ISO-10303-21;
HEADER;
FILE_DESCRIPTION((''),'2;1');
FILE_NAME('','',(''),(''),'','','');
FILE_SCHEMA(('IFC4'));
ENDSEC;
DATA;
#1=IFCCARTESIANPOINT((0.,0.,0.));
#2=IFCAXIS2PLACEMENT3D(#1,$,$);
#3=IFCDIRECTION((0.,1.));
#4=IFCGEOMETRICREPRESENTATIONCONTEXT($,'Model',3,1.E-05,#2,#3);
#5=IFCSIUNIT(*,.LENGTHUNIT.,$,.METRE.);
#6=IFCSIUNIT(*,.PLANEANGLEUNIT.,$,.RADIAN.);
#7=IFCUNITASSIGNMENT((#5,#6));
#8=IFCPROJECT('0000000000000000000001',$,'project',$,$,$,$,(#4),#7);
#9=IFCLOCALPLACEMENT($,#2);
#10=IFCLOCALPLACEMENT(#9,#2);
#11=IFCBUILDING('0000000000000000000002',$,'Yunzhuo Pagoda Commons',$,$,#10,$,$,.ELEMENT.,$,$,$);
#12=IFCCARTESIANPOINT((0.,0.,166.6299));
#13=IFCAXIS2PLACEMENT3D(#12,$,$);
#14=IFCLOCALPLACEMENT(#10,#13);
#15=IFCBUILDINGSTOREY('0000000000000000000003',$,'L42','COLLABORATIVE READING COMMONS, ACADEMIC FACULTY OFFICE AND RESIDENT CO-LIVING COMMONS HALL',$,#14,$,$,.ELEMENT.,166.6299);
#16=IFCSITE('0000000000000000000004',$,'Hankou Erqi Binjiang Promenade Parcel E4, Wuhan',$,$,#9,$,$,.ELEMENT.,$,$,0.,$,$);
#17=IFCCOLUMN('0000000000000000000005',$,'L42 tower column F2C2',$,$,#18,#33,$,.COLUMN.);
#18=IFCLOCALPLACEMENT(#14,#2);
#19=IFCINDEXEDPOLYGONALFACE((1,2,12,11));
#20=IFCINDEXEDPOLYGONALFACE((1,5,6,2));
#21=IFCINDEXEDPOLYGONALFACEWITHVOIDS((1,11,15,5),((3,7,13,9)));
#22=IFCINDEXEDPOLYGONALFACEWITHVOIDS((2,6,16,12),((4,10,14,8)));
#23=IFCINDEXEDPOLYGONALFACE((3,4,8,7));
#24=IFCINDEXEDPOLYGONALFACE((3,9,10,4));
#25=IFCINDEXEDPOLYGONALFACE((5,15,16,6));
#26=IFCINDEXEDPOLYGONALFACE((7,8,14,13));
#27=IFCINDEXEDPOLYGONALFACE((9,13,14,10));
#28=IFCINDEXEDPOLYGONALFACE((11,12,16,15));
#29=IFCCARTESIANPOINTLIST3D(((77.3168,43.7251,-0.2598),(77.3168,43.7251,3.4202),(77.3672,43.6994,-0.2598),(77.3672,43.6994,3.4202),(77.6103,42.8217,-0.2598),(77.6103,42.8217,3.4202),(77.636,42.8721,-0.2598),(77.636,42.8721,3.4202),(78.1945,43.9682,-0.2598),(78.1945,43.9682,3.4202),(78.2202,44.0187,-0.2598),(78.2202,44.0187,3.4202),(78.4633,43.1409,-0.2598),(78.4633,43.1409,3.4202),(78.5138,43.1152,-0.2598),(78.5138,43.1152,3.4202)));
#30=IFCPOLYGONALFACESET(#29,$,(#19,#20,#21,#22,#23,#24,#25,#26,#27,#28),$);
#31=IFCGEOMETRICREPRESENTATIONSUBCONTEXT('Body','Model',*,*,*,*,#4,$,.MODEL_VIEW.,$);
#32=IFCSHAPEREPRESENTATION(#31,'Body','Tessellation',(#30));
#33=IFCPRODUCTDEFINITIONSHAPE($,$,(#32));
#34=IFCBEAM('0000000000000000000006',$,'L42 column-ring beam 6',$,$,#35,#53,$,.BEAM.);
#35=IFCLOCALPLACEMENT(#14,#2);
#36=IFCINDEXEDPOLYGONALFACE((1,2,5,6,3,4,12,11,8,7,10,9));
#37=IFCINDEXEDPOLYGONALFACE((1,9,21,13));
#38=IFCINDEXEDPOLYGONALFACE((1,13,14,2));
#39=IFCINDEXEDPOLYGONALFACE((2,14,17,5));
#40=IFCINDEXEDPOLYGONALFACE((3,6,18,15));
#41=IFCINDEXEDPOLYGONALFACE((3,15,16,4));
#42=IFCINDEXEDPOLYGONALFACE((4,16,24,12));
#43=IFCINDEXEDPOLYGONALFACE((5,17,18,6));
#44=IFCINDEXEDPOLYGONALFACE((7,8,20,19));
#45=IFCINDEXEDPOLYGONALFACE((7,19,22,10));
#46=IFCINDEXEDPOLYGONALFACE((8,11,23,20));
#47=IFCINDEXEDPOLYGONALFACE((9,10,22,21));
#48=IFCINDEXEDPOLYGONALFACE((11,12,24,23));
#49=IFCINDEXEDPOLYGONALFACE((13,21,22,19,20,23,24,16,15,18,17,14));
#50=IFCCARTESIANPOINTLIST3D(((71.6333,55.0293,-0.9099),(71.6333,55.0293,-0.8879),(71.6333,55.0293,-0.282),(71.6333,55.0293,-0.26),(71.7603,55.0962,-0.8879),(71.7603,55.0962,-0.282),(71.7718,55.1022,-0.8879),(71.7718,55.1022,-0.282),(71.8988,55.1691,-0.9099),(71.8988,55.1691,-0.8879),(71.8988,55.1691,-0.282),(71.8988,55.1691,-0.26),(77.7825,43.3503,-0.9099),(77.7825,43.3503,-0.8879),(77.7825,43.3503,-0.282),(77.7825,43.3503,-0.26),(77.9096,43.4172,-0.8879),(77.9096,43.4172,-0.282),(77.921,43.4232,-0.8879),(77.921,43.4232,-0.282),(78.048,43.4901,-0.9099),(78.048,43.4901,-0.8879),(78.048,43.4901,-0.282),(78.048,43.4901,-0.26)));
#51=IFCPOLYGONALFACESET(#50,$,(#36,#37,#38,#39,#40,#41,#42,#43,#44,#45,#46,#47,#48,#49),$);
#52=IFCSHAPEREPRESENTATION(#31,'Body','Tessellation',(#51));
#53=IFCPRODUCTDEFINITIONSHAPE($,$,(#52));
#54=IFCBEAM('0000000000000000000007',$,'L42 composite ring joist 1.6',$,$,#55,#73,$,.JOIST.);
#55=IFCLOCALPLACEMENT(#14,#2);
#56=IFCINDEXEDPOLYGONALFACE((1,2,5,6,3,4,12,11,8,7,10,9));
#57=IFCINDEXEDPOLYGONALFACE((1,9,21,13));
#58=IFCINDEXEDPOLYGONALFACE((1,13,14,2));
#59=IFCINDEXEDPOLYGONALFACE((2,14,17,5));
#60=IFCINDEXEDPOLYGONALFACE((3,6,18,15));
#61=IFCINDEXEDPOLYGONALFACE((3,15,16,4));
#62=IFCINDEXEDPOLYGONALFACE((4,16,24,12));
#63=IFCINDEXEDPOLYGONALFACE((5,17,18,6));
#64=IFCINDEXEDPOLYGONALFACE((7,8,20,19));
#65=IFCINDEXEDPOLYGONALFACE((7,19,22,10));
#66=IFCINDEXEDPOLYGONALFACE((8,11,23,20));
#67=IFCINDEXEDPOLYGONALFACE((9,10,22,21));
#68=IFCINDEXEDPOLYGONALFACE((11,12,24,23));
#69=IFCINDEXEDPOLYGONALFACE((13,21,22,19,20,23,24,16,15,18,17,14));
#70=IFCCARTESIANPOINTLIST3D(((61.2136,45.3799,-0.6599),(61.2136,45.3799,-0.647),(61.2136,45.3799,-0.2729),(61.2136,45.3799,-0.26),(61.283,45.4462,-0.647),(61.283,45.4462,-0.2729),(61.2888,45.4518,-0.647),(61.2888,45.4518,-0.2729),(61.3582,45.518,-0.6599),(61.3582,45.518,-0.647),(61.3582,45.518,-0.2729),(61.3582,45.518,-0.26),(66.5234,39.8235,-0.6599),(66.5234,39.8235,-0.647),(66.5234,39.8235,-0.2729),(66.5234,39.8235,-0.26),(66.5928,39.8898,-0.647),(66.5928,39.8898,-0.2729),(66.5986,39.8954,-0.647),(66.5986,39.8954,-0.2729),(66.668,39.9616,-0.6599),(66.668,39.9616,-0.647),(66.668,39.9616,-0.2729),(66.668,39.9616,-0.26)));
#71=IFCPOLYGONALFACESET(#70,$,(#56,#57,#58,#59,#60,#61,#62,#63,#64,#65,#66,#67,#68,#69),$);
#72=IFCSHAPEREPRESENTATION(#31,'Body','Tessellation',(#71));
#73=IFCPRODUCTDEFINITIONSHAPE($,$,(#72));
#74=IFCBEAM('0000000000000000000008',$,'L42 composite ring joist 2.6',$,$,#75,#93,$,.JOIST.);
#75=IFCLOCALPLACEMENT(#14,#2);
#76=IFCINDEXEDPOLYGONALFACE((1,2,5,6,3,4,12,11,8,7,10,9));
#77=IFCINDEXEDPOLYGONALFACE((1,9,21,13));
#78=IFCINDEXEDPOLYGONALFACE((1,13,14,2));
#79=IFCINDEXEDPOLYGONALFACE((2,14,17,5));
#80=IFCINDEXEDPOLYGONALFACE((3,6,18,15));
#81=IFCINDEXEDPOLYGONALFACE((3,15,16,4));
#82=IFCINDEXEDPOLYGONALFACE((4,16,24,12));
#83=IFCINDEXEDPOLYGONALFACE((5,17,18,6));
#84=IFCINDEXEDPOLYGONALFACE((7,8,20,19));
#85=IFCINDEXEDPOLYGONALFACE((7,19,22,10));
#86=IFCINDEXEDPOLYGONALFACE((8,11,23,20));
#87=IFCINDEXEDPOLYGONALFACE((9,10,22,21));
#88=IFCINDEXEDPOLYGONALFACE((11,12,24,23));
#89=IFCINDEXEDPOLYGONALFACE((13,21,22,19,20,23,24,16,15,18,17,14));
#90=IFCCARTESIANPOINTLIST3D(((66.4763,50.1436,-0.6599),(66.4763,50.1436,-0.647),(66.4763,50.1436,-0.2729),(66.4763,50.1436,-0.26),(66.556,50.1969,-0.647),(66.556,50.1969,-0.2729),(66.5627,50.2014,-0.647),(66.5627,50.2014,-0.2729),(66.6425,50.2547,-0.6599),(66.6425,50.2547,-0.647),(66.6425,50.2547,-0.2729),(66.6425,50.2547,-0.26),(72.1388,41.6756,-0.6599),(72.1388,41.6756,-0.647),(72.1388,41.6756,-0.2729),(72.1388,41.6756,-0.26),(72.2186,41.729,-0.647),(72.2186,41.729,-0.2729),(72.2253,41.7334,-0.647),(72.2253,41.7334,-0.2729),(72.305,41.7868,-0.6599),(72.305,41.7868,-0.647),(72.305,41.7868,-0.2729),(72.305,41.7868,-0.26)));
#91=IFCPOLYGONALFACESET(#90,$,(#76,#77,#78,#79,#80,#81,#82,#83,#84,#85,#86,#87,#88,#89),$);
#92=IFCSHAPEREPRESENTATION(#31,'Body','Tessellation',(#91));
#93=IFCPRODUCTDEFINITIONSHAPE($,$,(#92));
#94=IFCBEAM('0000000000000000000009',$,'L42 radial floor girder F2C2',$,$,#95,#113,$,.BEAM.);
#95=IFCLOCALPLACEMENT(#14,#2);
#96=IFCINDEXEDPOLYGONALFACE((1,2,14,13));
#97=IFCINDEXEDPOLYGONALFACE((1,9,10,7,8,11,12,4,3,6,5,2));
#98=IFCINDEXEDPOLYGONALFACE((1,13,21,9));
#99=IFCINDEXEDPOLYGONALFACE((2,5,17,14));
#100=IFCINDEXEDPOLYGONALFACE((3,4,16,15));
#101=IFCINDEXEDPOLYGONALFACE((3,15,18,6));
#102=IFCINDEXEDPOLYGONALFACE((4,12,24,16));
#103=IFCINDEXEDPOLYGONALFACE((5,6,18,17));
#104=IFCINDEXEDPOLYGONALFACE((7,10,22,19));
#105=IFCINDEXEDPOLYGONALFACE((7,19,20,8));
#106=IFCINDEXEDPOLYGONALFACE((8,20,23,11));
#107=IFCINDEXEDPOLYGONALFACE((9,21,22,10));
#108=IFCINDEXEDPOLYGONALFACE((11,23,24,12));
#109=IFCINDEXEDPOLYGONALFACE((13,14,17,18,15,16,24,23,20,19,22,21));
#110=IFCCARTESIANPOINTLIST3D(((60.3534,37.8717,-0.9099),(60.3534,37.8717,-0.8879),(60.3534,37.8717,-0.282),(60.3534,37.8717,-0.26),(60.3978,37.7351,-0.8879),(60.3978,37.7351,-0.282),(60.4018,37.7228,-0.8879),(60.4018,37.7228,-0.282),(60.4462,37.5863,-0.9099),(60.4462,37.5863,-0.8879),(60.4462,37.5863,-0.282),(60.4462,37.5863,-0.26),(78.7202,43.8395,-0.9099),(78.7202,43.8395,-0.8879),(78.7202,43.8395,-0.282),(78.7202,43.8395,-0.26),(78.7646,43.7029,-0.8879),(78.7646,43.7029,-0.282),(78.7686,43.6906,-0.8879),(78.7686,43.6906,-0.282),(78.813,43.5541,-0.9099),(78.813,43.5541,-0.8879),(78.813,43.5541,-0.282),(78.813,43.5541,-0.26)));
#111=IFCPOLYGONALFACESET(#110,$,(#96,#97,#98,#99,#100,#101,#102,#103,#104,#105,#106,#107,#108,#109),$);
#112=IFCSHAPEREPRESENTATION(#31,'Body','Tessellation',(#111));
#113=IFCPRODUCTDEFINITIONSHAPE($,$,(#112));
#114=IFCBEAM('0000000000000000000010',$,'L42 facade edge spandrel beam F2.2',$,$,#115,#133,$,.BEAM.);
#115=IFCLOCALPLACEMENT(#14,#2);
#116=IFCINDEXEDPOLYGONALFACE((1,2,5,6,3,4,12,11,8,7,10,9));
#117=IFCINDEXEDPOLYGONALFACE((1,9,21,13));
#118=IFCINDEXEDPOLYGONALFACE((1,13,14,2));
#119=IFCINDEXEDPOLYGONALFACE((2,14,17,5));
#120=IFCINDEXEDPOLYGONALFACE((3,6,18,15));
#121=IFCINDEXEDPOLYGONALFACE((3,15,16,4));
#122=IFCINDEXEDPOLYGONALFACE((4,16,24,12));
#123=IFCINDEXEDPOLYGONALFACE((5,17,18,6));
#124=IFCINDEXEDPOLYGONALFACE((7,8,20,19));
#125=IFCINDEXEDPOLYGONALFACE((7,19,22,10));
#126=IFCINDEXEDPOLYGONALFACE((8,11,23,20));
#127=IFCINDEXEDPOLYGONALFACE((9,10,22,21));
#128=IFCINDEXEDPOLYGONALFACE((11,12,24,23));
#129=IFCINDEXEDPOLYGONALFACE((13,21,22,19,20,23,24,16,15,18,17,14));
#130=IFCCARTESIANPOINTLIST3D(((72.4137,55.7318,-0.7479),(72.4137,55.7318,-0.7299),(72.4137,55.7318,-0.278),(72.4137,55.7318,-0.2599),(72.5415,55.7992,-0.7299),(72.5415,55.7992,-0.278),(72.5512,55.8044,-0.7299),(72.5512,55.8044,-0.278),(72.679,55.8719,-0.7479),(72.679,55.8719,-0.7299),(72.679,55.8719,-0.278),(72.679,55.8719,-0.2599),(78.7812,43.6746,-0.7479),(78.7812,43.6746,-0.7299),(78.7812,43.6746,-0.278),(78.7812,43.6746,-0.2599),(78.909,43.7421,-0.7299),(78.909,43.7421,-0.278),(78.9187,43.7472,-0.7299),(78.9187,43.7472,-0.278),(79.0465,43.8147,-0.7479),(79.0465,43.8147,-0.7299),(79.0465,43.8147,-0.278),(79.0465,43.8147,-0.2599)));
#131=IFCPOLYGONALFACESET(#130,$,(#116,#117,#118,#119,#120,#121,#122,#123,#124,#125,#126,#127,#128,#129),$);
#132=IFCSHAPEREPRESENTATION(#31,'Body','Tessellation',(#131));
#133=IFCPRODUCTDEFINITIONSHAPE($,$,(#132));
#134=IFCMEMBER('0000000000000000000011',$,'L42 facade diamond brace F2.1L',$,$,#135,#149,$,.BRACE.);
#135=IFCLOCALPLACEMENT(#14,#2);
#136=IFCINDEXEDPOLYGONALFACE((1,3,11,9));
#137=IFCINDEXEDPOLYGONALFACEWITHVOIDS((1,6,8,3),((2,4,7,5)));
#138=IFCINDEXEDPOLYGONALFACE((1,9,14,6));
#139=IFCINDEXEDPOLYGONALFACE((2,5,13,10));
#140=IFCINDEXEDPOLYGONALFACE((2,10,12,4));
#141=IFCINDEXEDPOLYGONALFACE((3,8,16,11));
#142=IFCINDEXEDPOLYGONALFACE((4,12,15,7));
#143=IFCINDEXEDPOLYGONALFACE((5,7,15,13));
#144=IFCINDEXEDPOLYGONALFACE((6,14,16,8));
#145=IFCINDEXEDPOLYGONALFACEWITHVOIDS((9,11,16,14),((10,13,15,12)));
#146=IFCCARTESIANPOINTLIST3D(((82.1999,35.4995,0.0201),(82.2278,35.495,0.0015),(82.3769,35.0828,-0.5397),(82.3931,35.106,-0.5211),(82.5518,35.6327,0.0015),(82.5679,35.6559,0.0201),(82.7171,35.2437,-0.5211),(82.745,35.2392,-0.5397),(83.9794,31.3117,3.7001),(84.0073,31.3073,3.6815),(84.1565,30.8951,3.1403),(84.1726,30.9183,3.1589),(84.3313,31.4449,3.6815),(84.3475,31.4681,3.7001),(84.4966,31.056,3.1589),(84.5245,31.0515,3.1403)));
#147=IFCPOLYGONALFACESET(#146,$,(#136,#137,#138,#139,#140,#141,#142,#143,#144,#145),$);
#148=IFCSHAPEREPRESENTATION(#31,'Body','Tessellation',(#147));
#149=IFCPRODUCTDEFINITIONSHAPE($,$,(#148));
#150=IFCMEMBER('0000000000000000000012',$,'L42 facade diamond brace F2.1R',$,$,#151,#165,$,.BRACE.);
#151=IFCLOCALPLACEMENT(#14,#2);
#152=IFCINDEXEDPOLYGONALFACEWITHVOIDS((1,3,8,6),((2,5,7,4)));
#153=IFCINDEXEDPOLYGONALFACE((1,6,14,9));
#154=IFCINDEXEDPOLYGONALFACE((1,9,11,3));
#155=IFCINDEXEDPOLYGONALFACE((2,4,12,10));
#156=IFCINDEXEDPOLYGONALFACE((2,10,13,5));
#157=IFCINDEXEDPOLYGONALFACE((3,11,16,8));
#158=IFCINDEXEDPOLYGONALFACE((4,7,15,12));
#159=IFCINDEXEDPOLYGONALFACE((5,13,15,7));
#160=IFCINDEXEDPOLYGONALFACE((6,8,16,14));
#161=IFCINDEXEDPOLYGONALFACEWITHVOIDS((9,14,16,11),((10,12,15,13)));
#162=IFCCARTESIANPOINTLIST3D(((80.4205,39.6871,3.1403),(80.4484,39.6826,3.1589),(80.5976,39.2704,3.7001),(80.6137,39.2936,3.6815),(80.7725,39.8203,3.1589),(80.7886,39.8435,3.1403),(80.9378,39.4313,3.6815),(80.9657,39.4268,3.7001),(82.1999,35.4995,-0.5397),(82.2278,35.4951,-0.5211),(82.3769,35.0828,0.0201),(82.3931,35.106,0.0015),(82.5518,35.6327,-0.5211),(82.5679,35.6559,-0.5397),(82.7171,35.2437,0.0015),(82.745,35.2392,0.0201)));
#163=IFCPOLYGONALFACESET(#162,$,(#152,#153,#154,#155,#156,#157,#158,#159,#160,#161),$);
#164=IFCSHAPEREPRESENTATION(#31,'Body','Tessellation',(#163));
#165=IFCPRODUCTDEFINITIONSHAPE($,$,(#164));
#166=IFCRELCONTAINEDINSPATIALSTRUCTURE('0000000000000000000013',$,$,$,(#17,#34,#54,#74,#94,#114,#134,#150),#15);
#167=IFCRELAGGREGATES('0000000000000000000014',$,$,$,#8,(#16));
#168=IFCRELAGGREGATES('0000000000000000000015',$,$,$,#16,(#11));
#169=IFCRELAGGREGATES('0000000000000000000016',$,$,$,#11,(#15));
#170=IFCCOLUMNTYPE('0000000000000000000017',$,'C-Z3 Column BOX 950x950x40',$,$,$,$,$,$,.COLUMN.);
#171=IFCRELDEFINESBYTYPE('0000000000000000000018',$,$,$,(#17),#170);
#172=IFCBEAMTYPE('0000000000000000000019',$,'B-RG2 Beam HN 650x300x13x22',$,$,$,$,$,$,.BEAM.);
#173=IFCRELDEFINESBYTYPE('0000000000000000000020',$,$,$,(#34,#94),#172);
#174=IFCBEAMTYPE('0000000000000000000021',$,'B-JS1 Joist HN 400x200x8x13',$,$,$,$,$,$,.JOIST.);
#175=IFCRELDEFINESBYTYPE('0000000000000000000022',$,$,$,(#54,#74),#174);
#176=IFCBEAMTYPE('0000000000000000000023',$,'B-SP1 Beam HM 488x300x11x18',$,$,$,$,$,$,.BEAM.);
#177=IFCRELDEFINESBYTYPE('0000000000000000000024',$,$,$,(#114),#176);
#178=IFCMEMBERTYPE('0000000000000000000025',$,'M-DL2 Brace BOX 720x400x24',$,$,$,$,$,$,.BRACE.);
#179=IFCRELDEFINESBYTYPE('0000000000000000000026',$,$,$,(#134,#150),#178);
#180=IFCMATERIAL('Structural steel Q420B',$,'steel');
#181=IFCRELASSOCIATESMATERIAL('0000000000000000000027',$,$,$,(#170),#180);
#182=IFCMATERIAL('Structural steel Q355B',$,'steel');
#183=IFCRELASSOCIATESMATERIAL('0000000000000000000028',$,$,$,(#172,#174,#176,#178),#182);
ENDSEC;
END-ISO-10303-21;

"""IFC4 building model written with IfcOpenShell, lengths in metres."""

from ifc_helpers import new_model, si_unit, direction, frame, origin, origin_2d, place, context, subcontext, project, spatial, hollow_rectangle, i_section, extrude, source, transform, mapped, material, material_profile, profile_set, type_object, element, save


model = new_model("IFC4")

# Units and contexts
model_context = context("Model", 3, precision=1e-05, world=origin(), true_north=direction((0.0, 1.0)))
body_context = subcontext(model_context, "Body", "Model", "MODEL_VIEW")
ifc_project = project(units=[si_unit("LENGTHUNIT", "METRE"), si_unit("PLANEANGLEUNIT", "RADIAN")], contexts=[model_context])

# Site, building, storey
site_placement = place(None, origin())
site = spatial("IfcSite", under=ifc_project, at=site_placement, Name="Hankou Erqi Binjiang Promenade Parcel E4, Wuhan", CompositionType="ELEMENT", RefElevation=0.0)
building_placement = place(site_placement, origin())
building = spatial("IfcBuilding", under=site, at=building_placement, Name="Yunzhuo Pagoda Commons", CompositionType="ELEMENT")
storey_placement = place(building_placement, frame((0.0, 0.0, 166.6299)))
storey = spatial("IfcBuildingStorey", under=building, at=storey_placement, Name="L42", Description="COLLABORATIVE READING COMMONS, ACADEMIC FACULTY OFFICE AND RESIDENT CO-LIVING COMMONS HALL", CompositionType="ELEMENT", Elevation=166.6299)

# Column
ifc_material_1 = material(Name="Structural steel Q420B", Category="steel")
ifc_material_profile_1 = material_profile(ifc_material_1, hollow_rectangle(XDim=0.95, YDim=0.95, WallThickness=0.04, at=origin_2d()), Name="Structural steel Q420B")
ifc_profile_set_1 = profile_set([ifc_material_profile_1], Name="Structural steel Q420B")
column_type = type_object("IfcColumnType", Name="C-Z3 Column BOX 950x950x40", PredefinedType="COLUMN", material=ifc_profile_set_1)
shared_shape_1 = source(origin(), body_context, "Body", "SweptSolid", [
    extrude(hollow_rectangle(XDim=0.95, YDim=0.95, WallThickness=0.04, at=origin_2d()), origin(), (0.0, 0.0, 1.0), 3.6799),
])
column_placement = place(storey_placement, frame((77.9153, 43.4202, -0.2598), z_axis=(0.0, 0.0, 1.0), x_axis=(-0.309017, 0.951057, 0.0)))
element("IfcColumn", 1, at=column_placement, inside=storey, type_object=column_type, Name="L42 tower column F2C2", PredefinedType="COLUMN", context=body_context, shape_type="MappedRepresentation", body=[
    mapped(shared_shape_1, transform((0.0, 0.0, 0.0), scale=1.0)),
])

# Beams
ifc_material_2 = material(Name="Structural steel Q355B", Category="steel")
ifc_material_profile_2 = material_profile(ifc_material_2, i_section(OverallWidth=0.3, OverallDepth=0.6499, WebThickness=0.0129, FlangeThickness=0.022, at=origin_2d()), Name="Structural steel Q355B")
ifc_profile_set_2 = profile_set([ifc_material_profile_2], Name="Structural steel Q355B")
beam_type_1 = type_object("IfcBeamType", Name="B-RG2 Beam HN 650x300x13x22", PredefinedType="BEAM", material=ifc_profile_set_2)
shared_shape_2 = source(origin(), body_context, "Body", "SweptSolid", [
    extrude(i_section(OverallWidth=0.3, OverallDepth=0.6499, WebThickness=0.0129, FlangeThickness=0.022, at=origin_2d()), origin(), (0.0, 0.0, 1.0), 13.199),
])
beam_1_placement = place(storey_placement, frame((77.9153, 43.4202, -0.585), z_axis=(-0.465886, 0.884845, 0.0), x_axis=(-0.884845, -0.465886, 0.0)))
element("IfcBeam", 2, at=beam_1_placement, inside=storey, type_object=beam_type_1, Name="L42 column-ring beam 6", PredefinedType="BEAM", context=body_context, shape_type="MappedRepresentation", body=[
    mapped(shared_shape_2, transform((0.0, 0.0, 0.0), scale=1.0)),
])
ifc_material_profile_3 = material_profile(ifc_material_2, i_section(OverallWidth=0.2, OverallDepth=0.3999, WebThickness=0.0081, FlangeThickness=0.0129, at=origin_2d()), Name="Structural steel Q355B")
ifc_profile_set_3 = profile_set([ifc_material_profile_3], Name="Structural steel Q355B")
beam_type_2 = type_object("IfcBeamType", Name="B-JS1 Joist HN 400x200x8x13", PredefinedType="JOIST", material=ifc_profile_set_3)
shared_shape_3 = source(origin(), body_context, "Body", "SweptSolid", [
    extrude(i_section(OverallWidth=0.2, OverallDepth=0.3999, WebThickness=0.0081, FlangeThickness=0.0129, at=origin_2d()), origin(), (0.0, 0.0, 1.0), 7.6855),
])
beam_2_placement = place(storey_placement, frame((66.5957, 39.8926, -0.46), z_axis=(-0.690883, 0.722967, 0.0), x_axis=(-0.722967, -0.690883, 0.0)))
element("IfcBeam", 3, at=beam_2_placement, inside=storey, type_object=beam_type_2, Name="L42 composite ring joist 1.6", PredefinedType="JOIST", context=body_context, shape_type="MappedRepresentation", body=[
    mapped(shared_shape_3, transform((0.0, 0.0, 0.0), scale=1.0)),
])
shared_shape_4 = source(origin(), body_context, "Body", "SweptSolid", [
    extrude(i_section(OverallWidth=0.2, OverallDepth=0.3999, WebThickness=0.0081, FlangeThickness=0.0129, at=origin_2d()), origin(), (0.0, 0.0, 1.0), 10.1868),
])
beam_3_placement = place(storey_placement, frame((72.2219, 41.7312, -0.46), z_axis=(-0.555872, 0.831268, 0.0), x_axis=(-0.831268, -0.555872, 0.0)))
element("IfcBeam", 4, at=beam_3_placement, inside=storey, type_object=beam_type_2, Name="L42 composite ring joist 2.6", PredefinedType="JOIST", context=body_context, shape_type="MappedRepresentation", body=[
    mapped(shared_shape_4, transform((0.0, 0.0, 0.0), scale=1.0)),
])
shared_shape_5 = source(origin(), body_context, "Body", "SweptSolid", [
    extrude(i_section(OverallWidth=0.3, OverallDepth=0.6499, WebThickness=0.0129, FlangeThickness=0.022, at=origin_2d()), origin(), (0.0, 0.0, 1.0), 19.312),
])
beam_4_placement = place(storey_placement, frame((78.7666, 43.6968, -0.585), z_axis=(-0.951055, -0.30902, 0.0), x_axis=(0.30902, -0.951055, 0.0)))
element("IfcBeam", 5, at=beam_4_placement, inside=storey, type_object=beam_type_1, Name="L42 radial floor girder F2C2", PredefinedType="BEAM", context=body_context, shape_type="MappedRepresentation", body=[
    mapped(shared_shape_5, transform((0.0, 0.0, 0.0), scale=1.0)),
])
ifc_material_profile_4 = material_profile(ifc_material_2, i_section(OverallWidth=0.3, OverallDepth=0.488, WebThickness=0.011, FlangeThickness=0.0181, at=origin_2d()), Name="Structural steel Q355B")
ifc_profile_set_4 = profile_set([ifc_material_profile_4], Name="Structural steel Q355B")
beam_type_3 = type_object("IfcBeamType", Name="B-SP1 Beam HM 488x300x11x18", PredefinedType="BEAM", material=ifc_profile_set_4)
shared_shape_6 = source(origin(), body_context, "Body", "SweptSolid", [
    extrude(i_section(OverallWidth=0.3, OverallDepth=0.488, WebThickness=0.011, FlangeThickness=0.0181, at=origin_2d()), origin(), (0.0, 0.0, 1.0), 13.6353),
])
beam_5_placement = place(storey_placement, frame((78.9138, 43.7446, -0.5039), z_axis=(-0.466985, 0.884265, 0.0), x_axis=(-0.884265, -0.466985, 0.0)))
element("IfcBeam", 6, at=beam_5_placement, inside=storey, type_object=beam_type_3, Name="L42 facade edge spandrel beam F2.2", PredefinedType="BEAM", context=body_context, shape_type="MappedRepresentation", body=[
    mapped(shared_shape_6, transform((0.0, 0.0, 0.0), scale=1.0)),
])

# Members
ifc_material_profile_5 = material_profile(ifc_material_2, hollow_rectangle(XDim=0.3999, YDim=0.72, WallThickness=0.0239, at=origin_2d()), Name="Structural steel Q355B")
ifc_profile_set_5 = profile_set([ifc_material_profile_5], Name="Structural steel Q355B")
member_type_1 = type_object("IfcMemberType", Name="M-DL2 Brace BOX 720x400x24", PredefinedType="BRACE", material=ifc_profile_set_5)
shared_shape_7 = source(origin(), body_context, "Body", "SweptSolid", [
    extrude(hollow_rectangle(XDim=0.3999, YDim=0.72, WallThickness=0.0239, at=origin_2d()), origin(), (0.0, 0.0, 1.0), 5.8521),
])
member_1_placement = place(storey_placement, frame((82.4724, 35.3694, -0.2598), z_axis=(0.304091, -0.715609, 0.628834), x_axis=(0.920351, 0.391094, 0.0)))
element("IfcMember", 7, at=member_1_placement, inside=storey, type_object=member_type_1, Name="L42 facade diamond brace F2.1L", PredefinedType="BRACE", context=body_context, shape_type="MappedRepresentation", body=[
    mapped(shared_shape_7, transform((0.0, 0.0, 0.0), scale=1.0)),
])
shared_shape_8 = source(origin(), body_context, "Body", "SweptSolid", [
    extrude(hollow_rectangle(XDim=0.3999, YDim=0.72, WallThickness=0.0239, at=origin_2d()), origin(), (0.0, 0.0, 1.0), 5.8518),
])
member_2_placement = place(storey_placement, frame((82.4724, 35.3694, -0.2598), z_axis=(-0.304062, 0.715598, 0.62886), x_axis=(-0.920362, -0.391068, 0.0)))
element("IfcMember", 8, at=member_2_placement, inside=storey, type_object=member_type_1, Name="L42 facade diamond brace F2.1R", PredefinedType="BRACE", context=body_context, shape_type="MappedRepresentation", body=[
    mapped(shared_shape_8, transform((0.0, 0.0, 0.0), scale=1.0)),
])

save(model, "model.ifc")
